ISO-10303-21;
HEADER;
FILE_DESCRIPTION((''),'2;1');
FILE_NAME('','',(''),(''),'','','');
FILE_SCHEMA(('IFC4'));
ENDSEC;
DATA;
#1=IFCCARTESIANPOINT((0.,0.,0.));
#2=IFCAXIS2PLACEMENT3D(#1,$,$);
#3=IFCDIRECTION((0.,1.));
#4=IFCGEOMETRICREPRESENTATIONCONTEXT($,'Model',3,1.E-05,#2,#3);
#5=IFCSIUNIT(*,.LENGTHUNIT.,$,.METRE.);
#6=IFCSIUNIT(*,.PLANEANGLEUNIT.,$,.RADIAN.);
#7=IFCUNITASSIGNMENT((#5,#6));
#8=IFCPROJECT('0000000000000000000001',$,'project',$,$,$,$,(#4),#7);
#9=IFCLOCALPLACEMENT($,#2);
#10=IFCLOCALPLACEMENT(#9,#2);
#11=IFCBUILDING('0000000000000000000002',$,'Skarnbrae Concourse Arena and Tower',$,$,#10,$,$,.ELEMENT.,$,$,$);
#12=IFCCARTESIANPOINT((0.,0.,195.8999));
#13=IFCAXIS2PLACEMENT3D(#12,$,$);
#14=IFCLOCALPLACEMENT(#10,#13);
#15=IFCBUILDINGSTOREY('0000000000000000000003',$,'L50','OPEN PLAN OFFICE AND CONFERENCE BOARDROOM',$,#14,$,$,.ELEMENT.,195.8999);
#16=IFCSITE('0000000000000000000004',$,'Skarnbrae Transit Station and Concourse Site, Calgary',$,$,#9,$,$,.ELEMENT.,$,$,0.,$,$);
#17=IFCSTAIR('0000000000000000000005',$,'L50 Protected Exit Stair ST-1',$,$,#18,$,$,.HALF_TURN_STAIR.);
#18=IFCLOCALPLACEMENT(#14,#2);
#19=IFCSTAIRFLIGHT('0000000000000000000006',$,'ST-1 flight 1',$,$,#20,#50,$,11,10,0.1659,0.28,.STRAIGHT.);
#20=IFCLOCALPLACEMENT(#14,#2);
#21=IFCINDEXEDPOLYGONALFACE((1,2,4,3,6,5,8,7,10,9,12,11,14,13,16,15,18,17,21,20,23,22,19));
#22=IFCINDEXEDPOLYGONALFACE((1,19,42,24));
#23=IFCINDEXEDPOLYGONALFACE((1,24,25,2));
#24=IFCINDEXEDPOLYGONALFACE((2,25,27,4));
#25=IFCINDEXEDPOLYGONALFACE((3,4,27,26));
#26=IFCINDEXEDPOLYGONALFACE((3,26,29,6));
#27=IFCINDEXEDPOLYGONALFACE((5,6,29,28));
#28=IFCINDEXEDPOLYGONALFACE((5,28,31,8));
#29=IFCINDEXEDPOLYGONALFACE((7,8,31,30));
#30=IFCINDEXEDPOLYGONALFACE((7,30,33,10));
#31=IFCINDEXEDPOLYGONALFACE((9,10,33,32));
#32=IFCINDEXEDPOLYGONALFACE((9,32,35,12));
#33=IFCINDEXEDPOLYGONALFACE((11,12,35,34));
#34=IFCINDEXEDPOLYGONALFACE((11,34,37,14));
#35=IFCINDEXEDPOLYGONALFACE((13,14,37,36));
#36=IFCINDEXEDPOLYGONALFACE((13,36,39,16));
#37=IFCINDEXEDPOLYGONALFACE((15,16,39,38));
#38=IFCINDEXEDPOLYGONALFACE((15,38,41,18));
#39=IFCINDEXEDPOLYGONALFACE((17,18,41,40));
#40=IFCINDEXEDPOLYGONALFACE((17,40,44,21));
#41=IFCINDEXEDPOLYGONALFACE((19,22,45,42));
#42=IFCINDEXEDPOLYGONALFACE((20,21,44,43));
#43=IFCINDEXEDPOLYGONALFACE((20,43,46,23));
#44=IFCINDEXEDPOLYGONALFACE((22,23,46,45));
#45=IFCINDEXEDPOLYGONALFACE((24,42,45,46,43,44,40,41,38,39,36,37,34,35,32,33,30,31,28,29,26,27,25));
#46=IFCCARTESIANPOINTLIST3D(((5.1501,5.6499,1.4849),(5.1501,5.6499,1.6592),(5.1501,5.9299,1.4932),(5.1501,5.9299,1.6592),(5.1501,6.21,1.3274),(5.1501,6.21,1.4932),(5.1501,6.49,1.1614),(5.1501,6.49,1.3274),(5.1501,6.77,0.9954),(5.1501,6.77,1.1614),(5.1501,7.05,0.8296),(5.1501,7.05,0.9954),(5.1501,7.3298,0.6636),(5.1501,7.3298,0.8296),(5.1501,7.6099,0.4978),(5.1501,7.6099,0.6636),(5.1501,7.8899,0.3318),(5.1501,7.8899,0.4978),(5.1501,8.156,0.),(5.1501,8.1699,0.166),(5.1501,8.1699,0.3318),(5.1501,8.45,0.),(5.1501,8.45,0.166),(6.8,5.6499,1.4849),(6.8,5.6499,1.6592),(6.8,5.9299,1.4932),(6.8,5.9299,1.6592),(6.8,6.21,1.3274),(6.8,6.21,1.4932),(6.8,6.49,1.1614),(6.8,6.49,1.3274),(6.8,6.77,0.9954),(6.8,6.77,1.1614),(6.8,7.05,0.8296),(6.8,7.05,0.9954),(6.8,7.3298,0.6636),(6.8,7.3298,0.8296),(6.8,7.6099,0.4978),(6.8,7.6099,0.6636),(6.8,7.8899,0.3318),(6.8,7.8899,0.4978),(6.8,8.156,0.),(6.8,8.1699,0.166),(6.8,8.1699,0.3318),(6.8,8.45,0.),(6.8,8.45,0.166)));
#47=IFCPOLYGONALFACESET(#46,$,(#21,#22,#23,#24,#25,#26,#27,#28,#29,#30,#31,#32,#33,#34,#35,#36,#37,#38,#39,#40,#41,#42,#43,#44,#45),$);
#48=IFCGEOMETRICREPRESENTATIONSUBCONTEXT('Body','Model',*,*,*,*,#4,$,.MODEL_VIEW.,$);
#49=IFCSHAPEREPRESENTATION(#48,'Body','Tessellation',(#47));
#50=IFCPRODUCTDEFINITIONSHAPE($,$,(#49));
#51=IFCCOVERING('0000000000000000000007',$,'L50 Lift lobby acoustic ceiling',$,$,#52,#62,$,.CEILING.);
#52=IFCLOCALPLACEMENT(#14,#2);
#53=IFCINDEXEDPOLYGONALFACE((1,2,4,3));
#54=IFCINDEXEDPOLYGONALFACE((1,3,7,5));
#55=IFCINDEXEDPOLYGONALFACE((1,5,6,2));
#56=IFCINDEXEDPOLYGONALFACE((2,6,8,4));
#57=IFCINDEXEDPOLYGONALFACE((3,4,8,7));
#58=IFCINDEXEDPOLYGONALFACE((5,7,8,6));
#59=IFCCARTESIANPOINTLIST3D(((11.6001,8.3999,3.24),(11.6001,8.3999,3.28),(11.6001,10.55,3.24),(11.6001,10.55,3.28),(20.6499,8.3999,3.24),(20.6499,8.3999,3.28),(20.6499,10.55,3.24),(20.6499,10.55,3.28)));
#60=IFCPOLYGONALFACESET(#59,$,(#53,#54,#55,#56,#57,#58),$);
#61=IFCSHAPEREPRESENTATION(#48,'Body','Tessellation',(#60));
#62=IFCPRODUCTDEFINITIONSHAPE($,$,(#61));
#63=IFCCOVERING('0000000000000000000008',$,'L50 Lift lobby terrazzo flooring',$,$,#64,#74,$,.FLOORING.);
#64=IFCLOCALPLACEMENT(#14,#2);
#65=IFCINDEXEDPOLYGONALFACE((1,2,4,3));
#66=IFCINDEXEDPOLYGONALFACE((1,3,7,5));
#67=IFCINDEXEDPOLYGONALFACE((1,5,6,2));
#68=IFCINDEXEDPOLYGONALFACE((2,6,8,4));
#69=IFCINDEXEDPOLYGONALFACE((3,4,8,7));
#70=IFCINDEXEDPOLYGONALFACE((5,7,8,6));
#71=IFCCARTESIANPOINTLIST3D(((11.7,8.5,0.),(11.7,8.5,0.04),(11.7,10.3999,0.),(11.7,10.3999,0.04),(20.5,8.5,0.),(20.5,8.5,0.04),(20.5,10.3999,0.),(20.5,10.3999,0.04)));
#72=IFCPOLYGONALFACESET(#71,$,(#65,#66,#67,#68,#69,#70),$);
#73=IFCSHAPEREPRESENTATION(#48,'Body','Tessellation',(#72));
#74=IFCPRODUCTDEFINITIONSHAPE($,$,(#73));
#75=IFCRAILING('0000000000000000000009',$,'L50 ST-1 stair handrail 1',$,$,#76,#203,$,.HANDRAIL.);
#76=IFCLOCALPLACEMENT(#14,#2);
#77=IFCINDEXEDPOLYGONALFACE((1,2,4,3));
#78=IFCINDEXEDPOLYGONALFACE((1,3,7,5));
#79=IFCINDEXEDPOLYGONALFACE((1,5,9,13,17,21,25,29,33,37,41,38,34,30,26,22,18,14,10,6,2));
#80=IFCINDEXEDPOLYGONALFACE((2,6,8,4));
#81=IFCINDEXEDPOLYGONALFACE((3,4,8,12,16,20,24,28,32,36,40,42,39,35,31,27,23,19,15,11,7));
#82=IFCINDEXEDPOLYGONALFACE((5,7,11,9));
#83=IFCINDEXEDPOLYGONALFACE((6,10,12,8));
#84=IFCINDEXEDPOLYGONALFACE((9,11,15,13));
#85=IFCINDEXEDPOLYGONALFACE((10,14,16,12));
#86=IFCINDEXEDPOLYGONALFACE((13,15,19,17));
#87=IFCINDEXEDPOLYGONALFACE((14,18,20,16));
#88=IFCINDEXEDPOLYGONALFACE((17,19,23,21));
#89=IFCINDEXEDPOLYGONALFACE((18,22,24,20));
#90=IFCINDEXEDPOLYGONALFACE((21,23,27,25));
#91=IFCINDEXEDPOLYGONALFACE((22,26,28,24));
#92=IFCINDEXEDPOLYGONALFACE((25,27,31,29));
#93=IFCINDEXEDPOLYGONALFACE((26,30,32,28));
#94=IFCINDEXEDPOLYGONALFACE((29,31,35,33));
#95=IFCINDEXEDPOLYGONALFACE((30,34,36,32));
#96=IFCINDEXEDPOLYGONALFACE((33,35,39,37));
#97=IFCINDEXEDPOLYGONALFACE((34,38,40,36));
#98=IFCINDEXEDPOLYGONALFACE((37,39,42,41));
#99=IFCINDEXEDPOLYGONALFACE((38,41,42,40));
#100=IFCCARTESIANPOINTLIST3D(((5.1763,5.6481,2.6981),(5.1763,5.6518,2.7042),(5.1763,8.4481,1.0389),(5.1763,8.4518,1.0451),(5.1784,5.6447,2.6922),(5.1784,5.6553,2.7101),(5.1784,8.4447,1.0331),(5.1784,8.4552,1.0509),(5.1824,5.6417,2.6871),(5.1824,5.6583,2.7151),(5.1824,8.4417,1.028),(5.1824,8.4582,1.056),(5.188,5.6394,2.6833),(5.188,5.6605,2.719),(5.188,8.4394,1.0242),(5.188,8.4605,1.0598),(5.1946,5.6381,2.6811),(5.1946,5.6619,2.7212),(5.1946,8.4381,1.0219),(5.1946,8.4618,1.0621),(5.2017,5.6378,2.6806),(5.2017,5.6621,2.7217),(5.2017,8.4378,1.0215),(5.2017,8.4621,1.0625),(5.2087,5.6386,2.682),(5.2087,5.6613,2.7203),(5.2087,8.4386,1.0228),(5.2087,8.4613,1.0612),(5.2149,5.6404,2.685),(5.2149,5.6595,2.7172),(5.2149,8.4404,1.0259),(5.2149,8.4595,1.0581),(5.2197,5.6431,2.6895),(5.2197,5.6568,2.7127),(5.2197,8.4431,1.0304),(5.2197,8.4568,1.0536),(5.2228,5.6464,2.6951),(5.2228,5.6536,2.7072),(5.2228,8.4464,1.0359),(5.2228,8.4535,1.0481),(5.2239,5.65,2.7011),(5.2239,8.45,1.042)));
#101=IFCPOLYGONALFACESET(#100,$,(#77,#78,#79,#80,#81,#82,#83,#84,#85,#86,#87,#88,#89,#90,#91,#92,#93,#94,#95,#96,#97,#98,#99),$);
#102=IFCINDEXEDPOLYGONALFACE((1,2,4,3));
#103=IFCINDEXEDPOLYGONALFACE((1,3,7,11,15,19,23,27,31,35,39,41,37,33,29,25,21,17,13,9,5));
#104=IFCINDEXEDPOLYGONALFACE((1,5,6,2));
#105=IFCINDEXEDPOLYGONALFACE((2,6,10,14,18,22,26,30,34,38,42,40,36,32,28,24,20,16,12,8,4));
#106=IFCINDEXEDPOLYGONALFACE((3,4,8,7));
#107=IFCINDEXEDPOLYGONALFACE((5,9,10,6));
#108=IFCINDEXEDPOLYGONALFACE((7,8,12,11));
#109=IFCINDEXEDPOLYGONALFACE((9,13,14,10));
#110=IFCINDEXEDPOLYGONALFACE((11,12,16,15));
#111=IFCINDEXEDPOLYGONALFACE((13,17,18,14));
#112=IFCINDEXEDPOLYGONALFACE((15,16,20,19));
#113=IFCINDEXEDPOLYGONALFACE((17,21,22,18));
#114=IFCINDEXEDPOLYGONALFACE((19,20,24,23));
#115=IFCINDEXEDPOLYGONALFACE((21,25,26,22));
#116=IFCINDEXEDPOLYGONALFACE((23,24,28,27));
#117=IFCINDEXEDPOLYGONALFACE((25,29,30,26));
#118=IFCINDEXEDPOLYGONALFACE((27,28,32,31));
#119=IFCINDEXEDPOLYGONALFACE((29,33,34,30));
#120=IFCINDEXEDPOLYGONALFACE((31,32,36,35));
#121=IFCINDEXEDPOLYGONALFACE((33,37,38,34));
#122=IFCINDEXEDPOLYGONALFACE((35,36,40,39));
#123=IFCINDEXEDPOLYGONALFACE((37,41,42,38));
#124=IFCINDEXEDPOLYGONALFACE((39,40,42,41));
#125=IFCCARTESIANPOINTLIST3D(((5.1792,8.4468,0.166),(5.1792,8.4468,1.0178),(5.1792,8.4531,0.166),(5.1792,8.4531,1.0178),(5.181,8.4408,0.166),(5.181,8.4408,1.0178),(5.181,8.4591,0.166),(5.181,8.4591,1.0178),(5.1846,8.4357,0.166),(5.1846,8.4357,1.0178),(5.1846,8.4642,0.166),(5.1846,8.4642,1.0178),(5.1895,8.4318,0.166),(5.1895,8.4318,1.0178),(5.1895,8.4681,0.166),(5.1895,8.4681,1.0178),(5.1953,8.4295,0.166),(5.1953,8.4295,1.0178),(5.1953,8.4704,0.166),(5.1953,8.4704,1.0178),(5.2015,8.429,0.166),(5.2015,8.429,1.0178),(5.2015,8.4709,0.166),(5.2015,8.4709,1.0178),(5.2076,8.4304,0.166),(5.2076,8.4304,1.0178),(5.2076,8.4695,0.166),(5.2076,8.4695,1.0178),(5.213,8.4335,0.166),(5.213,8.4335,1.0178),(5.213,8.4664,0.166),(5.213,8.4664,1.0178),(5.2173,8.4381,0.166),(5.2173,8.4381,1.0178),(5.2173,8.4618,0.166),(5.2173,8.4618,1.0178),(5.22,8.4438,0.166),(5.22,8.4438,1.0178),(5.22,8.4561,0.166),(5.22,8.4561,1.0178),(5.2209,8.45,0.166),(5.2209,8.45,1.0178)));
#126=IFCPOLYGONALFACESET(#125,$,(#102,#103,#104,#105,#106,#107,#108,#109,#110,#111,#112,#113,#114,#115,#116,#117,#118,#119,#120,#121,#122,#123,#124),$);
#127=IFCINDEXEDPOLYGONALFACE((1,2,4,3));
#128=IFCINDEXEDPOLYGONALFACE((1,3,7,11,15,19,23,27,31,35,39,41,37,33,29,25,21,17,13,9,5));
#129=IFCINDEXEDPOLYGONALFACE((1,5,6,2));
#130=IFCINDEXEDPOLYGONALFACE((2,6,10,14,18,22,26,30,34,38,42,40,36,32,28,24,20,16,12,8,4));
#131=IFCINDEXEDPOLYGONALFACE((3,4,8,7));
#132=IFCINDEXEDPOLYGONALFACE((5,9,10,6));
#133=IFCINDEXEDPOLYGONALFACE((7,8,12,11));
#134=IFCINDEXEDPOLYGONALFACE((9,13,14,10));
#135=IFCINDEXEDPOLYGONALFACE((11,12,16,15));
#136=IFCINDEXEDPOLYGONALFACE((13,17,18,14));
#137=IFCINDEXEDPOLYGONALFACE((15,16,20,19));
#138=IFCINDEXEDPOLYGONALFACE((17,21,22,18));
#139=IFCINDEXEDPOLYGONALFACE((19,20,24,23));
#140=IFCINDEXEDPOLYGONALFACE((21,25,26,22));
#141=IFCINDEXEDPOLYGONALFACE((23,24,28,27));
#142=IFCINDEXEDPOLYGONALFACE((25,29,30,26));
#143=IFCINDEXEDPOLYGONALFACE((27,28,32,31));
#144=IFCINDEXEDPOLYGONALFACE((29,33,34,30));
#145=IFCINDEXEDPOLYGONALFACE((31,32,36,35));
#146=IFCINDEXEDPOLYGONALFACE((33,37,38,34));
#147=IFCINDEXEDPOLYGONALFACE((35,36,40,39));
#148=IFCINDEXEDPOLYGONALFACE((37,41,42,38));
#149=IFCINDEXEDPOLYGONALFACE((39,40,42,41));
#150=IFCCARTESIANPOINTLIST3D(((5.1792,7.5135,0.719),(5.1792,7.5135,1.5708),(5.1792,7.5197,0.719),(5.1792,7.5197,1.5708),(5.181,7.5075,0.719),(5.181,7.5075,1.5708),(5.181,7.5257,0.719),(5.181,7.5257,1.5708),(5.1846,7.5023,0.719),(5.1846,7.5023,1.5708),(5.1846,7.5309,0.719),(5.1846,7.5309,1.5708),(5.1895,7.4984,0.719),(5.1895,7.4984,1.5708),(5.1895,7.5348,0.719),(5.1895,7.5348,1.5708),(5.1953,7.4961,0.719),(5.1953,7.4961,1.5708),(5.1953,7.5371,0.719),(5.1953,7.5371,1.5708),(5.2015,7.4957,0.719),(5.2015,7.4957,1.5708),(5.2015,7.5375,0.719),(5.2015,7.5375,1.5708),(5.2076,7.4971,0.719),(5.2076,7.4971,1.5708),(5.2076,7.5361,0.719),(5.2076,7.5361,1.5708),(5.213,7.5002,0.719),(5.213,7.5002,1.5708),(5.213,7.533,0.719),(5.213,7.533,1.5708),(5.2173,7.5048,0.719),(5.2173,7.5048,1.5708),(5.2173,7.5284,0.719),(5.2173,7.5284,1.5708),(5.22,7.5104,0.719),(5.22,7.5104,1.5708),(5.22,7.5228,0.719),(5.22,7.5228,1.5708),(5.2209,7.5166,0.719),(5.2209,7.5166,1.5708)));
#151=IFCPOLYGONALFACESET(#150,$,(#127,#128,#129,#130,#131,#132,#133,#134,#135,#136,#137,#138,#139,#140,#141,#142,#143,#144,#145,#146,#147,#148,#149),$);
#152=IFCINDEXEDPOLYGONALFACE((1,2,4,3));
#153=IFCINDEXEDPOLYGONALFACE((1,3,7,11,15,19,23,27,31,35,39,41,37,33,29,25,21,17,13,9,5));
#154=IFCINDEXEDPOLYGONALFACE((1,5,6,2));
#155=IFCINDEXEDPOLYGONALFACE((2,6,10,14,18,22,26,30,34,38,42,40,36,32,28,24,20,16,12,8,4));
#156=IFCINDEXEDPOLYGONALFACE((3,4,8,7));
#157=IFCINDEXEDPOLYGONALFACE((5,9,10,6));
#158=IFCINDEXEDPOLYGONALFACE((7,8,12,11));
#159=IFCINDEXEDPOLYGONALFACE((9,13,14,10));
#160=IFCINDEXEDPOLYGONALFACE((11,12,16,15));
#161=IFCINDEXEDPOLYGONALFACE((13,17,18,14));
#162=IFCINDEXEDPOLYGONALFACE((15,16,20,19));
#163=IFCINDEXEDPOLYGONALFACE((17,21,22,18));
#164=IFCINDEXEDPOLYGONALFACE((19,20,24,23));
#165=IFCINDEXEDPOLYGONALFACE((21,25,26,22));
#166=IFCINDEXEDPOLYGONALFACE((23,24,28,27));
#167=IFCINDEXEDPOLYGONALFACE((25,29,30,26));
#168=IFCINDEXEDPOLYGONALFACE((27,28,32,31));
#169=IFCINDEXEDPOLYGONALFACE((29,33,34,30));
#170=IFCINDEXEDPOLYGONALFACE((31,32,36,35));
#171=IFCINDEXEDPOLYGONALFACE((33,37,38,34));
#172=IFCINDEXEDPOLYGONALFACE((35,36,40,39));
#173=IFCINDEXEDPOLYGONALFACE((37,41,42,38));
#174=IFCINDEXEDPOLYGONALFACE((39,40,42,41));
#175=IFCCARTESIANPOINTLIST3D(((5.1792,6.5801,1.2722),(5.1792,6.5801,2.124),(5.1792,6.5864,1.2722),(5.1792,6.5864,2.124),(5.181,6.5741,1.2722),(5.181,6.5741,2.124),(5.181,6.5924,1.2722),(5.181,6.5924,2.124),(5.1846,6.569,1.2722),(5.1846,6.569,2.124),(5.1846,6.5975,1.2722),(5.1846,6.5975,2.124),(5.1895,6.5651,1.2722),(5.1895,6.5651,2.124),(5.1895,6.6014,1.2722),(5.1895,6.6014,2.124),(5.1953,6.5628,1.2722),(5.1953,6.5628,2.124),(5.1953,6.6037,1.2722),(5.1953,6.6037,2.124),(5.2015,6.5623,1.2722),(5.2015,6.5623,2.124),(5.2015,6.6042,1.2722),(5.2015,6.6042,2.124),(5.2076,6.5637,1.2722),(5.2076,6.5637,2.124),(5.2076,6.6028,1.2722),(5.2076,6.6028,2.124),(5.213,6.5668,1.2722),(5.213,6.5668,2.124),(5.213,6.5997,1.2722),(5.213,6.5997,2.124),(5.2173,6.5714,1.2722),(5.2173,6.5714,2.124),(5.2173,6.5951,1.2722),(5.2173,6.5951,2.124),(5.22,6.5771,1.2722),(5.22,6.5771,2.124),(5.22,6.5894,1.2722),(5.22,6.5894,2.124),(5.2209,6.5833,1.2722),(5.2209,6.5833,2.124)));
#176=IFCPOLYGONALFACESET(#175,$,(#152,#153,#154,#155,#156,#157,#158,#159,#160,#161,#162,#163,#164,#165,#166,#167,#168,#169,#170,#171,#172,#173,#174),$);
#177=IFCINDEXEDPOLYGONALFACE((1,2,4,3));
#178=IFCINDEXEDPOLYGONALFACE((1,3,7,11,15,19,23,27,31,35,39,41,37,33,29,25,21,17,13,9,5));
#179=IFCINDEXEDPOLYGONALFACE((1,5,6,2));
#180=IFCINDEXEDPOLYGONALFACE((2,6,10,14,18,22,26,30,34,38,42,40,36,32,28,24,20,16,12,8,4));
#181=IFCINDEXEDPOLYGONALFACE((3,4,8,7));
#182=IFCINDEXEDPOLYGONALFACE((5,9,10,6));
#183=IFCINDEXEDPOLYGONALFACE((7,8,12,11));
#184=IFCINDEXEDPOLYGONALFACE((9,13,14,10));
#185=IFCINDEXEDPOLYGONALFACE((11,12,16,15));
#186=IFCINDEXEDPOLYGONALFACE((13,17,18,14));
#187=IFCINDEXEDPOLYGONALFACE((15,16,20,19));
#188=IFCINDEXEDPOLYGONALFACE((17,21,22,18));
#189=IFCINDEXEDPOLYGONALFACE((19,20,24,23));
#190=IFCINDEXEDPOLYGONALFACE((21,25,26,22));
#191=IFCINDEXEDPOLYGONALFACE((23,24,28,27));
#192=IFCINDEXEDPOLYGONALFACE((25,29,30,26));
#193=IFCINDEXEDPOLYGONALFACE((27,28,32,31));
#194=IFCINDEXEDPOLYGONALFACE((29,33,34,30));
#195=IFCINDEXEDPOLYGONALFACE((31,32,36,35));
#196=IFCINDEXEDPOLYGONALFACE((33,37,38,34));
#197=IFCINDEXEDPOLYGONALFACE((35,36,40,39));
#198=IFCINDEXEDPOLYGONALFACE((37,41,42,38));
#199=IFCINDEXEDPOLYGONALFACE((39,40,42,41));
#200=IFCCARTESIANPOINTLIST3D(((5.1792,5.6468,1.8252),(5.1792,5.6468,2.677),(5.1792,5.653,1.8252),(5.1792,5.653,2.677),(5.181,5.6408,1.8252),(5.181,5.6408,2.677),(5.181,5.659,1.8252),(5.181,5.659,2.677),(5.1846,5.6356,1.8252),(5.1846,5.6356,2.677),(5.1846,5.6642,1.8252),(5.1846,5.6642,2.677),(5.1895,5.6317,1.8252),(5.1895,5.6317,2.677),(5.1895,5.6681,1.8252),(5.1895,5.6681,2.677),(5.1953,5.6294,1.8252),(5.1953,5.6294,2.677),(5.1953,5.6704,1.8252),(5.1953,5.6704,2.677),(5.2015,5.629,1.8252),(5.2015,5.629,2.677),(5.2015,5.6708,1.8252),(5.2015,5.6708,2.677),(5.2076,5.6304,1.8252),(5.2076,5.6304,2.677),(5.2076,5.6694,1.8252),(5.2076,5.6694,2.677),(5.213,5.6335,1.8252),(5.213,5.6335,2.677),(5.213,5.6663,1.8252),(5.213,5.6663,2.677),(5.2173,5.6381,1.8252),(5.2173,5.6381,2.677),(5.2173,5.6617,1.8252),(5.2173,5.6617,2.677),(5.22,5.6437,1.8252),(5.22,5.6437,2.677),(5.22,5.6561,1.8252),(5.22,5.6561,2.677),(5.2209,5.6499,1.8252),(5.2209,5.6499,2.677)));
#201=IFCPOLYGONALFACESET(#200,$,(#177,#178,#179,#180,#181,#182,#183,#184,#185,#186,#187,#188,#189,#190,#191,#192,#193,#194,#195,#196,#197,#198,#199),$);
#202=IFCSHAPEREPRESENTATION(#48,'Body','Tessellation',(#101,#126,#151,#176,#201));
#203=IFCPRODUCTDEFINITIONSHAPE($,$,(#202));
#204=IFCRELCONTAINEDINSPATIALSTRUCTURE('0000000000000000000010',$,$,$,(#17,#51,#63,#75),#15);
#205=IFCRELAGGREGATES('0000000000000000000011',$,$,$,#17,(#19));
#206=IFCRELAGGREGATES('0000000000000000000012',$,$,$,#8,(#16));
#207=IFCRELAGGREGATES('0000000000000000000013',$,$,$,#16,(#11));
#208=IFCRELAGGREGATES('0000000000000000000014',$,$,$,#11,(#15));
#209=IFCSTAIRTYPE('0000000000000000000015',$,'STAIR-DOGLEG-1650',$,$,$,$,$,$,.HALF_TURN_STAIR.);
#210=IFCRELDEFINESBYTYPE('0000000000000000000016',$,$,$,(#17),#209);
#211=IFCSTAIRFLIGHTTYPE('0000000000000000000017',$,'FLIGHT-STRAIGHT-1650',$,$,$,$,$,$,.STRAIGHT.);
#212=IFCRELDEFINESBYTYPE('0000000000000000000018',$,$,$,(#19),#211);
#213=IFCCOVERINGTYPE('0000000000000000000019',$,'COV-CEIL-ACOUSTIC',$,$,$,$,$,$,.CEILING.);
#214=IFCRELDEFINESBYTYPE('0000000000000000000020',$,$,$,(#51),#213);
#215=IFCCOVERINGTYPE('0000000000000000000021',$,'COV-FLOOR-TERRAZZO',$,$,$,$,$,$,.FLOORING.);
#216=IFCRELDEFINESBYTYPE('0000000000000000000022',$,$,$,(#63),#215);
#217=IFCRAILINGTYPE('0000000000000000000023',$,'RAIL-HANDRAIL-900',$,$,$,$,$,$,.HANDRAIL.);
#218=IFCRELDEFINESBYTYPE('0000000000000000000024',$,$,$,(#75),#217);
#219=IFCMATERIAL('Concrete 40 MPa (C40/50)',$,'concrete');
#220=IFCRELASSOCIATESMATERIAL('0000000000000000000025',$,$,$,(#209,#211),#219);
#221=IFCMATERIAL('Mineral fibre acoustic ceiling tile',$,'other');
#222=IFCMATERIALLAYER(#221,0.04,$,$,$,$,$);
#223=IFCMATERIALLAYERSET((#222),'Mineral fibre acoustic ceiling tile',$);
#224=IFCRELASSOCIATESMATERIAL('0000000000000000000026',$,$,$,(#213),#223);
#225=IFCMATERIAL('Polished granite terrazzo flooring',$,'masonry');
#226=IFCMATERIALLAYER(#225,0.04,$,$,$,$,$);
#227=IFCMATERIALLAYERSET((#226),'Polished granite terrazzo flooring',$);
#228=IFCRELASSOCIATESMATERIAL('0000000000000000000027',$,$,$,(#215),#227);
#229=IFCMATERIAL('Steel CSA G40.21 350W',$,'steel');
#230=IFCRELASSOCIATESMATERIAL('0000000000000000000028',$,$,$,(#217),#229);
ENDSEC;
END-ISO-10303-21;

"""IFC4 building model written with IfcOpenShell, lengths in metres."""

from ifc_helpers import new_model, si_unit, direction, frame, origin, origin_2d, place, context, subcontext, project, spatial, polyline, circle, outline, extrude, source, transform, mapped, material, layer, layer_set, type_object, element, aggregate, save


model = new_model("IFC4")

# Units and contexts
model_context = context("Model", 3, precision=1e-05, world=origin(), true_north=direction((0.0, 1.0)))
body_context = subcontext(model_context, "Body", "Model", "MODEL_VIEW")
ifc_project = project(units=[si_unit("LENGTHUNIT", "METRE"), si_unit("PLANEANGLEUNIT", "RADIAN")], contexts=[model_context])

# Site, building, storey
site_placement = place(None, origin())
site = spatial("IfcSite", under=ifc_project, at=site_placement, Name="Skarnbrae Transit Station and Concourse Site, Calgary", CompositionType="ELEMENT", RefElevation=0.0)
building_placement = place(site_placement, origin())
building = spatial("IfcBuilding", under=site, at=building_placement, Name="Skarnbrae Concourse Arena and Tower", CompositionType="ELEMENT")
storey_placement = place(building_placement, frame((0.0, 0.0, 195.8999)))
storey = spatial("IfcBuildingStorey", under=building, at=storey_placement, Name="L50", Description="OPEN PLAN OFFICE AND CONFERENCE BOARDROOM", CompositionType="ELEMENT", Elevation=195.8999)

# Shared definitions
ifc_material_1 = material(Name="Steel CSA G40.21 350W", Category="steel")

# Stair
ifc_material_2 = material(Name="Concrete 40 MPa (C40/50)", Category="concrete")
stair_type = type_object("IfcStairType", Name="STAIR-DOGLEG-1650", PredefinedType="HALF_TURN_STAIR", material=ifc_material_2)
stair_1_placement = place(storey_placement, origin())
stair_1 = element("IfcStair", 1, at=stair_1_placement, inside=storey, type_object=stair_type, Name="L50 Protected Exit Stair ST-1", PredefinedType="HALF_TURN_STAIR")

# Stair flight
stair_flight_type = type_object("IfcStairFlightType", Name="FLIGHT-STRAIGHT-1650", PredefinedType="STRAIGHT", material=ifc_material_2)
shared_shape_1 = source(origin(), body_context, "Body", "SweptSolid", [
    extrude(outline(polyline([(0.0, 0.0), (0.0, 0.166), (0.28, 0.166), (0.28, 0.3318), (0.5601, 0.3318), (0.5601, 0.4978), (0.8401, 0.4978), (0.8401, 0.6636), (1.1201, 0.6636), (1.1201, 0.8296), (1.3999, 0.8296), (1.3999, 0.9954), (1.6799, 0.9954), (1.6799, 1.1614), (1.96, 1.1614), (1.96, 1.3274), (2.24, 1.3274), (2.24, 1.4932), (2.52, 1.4932), (2.52, 1.6592), (2.8, 1.6592), (2.8, 1.825), (2.8, 1.4849), (0.2939, 0.0), (0.0, 0.0)])), frame((0.0, 0.825, 0.0), z_axis=(0.0, -1.0, 0.0), x_axis=(1.0, 0.0, 0.0)), (0.0, 0.0, 1.0), 1.6499),
])
stair_flight_placement = place(storey_placement, frame((5.9751, 8.45, 0.0), z_axis=(0.0, 0.0, 1.0), x_axis=(0.0, -1.0, 0.0)))
stair_flight = element("IfcStairFlight", 2, at=stair_flight_placement, type_object=stair_flight_type, Name="ST-1 flight 1", NumberOfRisers=11, NumberOfTreads=10, PredefinedType="STRAIGHT", RiserHeight=0.1659, TreadLength=0.28, context=body_context, shape_type="MappedRepresentation", body=[
    mapped(shared_shape_1, transform((0.0, 0.0, 0.0))),
])
aggregate(stair_1, [stair_flight])

# Coverings
ifc_material_3 = material(Name="Mineral fibre acoustic ceiling tile", Category="other")
ifc_layer_1 = layer(ifc_material_3, 0.04)
ifc_layer_set_1 = layer_set([ifc_layer_1], Name="Mineral fibre acoustic ceiling tile")
covering_type_1 = type_object("IfcCoveringType", Name="COV-CEIL-ACOUSTIC", PredefinedType="CEILING", material=ifc_layer_set_1)
covering_1_placement = place(storey_placement, frame((0.0, 0.0, 3.24)))
element("IfcCovering", 3, at=covering_1_placement, inside=storey, type_object=covering_type_1, Name="L50 Lift lobby acoustic ceiling", PredefinedType="CEILING", context=body_context, shape_type="SweptSolid", body=[
    extrude(outline(polyline([(11.6001, 8.3999), (20.6499, 8.3999), (20.6499, 10.55), (11.6001, 10.55), (11.6001, 8.3999)])), origin(), (0.0, 0.0, 1.0), 0.04),
])
ifc_material_4 = material(Name="Polished granite terrazzo flooring", Category="masonry")
ifc_layer_2 = layer(ifc_material_4, 0.04)
ifc_layer_set_2 = layer_set([ifc_layer_2], Name="Polished granite terrazzo flooring")
covering_type_2 = type_object("IfcCoveringType", Name="COV-FLOOR-TERRAZZO", PredefinedType="FLOORING", material=ifc_layer_set_2)
covering_2_placement = place(storey_placement, origin())
element("IfcCovering", 4, at=covering_2_placement, inside=storey, type_object=covering_type_2, Name="L50 Lift lobby terrazzo flooring", PredefinedType="FLOORING", context=body_context, shape_type="SweptSolid", body=[
    extrude(outline(polyline([(11.7, 8.5), (20.5, 8.5), (20.5, 10.3999), (11.7, 10.3999), (11.7, 8.5)])), origin(), (0.0, 0.0, 1.0), 0.04),
])

# Railing
railing_type_1 = type_object("IfcRailingType", Name="RAIL-HANDRAIL-900", PredefinedType="HANDRAIL", material=ifc_material_1)
railing_1_placement = place(storey_placement, frame((5.2, 8.45, 0.166)))
element("IfcRailing", 5, at=railing_1_placement, inside=storey, type_object=railing_type_1, Name="L50 ST-1 stair handrail 1", PredefinedType="HANDRAIL", context=body_context, shape_type="SweptSolid", body=[
    extrude(circle(Radius=0.0239, at=origin_2d()), frame((0.0, 0.0, 0.876), z_axis=(0.0, -0.860306, 0.509778), x_axis=(1.0, 0.0, 0.0)), (0.0, 0.0, 1.0), 3.2546),
    extrude(circle(Radius=0.021, at=origin_2d()), origin(), (0.0, 0.0, 1.0), 0.8518),
    extrude(circle(Radius=0.021, at=origin_2d()), frame((0.0, -0.9333, 0.553)), (0.0, 0.0, 1.0), 0.8518),
    extrude(circle(Radius=0.021, at=origin_2d()), frame((0.0, -1.8667, 1.1062)), (0.0, 0.0, 1.0), 0.8518),
    extrude(circle(Radius=0.021, at=origin_2d()), frame((0.0, -2.8, 1.6592)), (0.0, 0.0, 1.0), 0.8518),
])

save(model, "model.ifc")
